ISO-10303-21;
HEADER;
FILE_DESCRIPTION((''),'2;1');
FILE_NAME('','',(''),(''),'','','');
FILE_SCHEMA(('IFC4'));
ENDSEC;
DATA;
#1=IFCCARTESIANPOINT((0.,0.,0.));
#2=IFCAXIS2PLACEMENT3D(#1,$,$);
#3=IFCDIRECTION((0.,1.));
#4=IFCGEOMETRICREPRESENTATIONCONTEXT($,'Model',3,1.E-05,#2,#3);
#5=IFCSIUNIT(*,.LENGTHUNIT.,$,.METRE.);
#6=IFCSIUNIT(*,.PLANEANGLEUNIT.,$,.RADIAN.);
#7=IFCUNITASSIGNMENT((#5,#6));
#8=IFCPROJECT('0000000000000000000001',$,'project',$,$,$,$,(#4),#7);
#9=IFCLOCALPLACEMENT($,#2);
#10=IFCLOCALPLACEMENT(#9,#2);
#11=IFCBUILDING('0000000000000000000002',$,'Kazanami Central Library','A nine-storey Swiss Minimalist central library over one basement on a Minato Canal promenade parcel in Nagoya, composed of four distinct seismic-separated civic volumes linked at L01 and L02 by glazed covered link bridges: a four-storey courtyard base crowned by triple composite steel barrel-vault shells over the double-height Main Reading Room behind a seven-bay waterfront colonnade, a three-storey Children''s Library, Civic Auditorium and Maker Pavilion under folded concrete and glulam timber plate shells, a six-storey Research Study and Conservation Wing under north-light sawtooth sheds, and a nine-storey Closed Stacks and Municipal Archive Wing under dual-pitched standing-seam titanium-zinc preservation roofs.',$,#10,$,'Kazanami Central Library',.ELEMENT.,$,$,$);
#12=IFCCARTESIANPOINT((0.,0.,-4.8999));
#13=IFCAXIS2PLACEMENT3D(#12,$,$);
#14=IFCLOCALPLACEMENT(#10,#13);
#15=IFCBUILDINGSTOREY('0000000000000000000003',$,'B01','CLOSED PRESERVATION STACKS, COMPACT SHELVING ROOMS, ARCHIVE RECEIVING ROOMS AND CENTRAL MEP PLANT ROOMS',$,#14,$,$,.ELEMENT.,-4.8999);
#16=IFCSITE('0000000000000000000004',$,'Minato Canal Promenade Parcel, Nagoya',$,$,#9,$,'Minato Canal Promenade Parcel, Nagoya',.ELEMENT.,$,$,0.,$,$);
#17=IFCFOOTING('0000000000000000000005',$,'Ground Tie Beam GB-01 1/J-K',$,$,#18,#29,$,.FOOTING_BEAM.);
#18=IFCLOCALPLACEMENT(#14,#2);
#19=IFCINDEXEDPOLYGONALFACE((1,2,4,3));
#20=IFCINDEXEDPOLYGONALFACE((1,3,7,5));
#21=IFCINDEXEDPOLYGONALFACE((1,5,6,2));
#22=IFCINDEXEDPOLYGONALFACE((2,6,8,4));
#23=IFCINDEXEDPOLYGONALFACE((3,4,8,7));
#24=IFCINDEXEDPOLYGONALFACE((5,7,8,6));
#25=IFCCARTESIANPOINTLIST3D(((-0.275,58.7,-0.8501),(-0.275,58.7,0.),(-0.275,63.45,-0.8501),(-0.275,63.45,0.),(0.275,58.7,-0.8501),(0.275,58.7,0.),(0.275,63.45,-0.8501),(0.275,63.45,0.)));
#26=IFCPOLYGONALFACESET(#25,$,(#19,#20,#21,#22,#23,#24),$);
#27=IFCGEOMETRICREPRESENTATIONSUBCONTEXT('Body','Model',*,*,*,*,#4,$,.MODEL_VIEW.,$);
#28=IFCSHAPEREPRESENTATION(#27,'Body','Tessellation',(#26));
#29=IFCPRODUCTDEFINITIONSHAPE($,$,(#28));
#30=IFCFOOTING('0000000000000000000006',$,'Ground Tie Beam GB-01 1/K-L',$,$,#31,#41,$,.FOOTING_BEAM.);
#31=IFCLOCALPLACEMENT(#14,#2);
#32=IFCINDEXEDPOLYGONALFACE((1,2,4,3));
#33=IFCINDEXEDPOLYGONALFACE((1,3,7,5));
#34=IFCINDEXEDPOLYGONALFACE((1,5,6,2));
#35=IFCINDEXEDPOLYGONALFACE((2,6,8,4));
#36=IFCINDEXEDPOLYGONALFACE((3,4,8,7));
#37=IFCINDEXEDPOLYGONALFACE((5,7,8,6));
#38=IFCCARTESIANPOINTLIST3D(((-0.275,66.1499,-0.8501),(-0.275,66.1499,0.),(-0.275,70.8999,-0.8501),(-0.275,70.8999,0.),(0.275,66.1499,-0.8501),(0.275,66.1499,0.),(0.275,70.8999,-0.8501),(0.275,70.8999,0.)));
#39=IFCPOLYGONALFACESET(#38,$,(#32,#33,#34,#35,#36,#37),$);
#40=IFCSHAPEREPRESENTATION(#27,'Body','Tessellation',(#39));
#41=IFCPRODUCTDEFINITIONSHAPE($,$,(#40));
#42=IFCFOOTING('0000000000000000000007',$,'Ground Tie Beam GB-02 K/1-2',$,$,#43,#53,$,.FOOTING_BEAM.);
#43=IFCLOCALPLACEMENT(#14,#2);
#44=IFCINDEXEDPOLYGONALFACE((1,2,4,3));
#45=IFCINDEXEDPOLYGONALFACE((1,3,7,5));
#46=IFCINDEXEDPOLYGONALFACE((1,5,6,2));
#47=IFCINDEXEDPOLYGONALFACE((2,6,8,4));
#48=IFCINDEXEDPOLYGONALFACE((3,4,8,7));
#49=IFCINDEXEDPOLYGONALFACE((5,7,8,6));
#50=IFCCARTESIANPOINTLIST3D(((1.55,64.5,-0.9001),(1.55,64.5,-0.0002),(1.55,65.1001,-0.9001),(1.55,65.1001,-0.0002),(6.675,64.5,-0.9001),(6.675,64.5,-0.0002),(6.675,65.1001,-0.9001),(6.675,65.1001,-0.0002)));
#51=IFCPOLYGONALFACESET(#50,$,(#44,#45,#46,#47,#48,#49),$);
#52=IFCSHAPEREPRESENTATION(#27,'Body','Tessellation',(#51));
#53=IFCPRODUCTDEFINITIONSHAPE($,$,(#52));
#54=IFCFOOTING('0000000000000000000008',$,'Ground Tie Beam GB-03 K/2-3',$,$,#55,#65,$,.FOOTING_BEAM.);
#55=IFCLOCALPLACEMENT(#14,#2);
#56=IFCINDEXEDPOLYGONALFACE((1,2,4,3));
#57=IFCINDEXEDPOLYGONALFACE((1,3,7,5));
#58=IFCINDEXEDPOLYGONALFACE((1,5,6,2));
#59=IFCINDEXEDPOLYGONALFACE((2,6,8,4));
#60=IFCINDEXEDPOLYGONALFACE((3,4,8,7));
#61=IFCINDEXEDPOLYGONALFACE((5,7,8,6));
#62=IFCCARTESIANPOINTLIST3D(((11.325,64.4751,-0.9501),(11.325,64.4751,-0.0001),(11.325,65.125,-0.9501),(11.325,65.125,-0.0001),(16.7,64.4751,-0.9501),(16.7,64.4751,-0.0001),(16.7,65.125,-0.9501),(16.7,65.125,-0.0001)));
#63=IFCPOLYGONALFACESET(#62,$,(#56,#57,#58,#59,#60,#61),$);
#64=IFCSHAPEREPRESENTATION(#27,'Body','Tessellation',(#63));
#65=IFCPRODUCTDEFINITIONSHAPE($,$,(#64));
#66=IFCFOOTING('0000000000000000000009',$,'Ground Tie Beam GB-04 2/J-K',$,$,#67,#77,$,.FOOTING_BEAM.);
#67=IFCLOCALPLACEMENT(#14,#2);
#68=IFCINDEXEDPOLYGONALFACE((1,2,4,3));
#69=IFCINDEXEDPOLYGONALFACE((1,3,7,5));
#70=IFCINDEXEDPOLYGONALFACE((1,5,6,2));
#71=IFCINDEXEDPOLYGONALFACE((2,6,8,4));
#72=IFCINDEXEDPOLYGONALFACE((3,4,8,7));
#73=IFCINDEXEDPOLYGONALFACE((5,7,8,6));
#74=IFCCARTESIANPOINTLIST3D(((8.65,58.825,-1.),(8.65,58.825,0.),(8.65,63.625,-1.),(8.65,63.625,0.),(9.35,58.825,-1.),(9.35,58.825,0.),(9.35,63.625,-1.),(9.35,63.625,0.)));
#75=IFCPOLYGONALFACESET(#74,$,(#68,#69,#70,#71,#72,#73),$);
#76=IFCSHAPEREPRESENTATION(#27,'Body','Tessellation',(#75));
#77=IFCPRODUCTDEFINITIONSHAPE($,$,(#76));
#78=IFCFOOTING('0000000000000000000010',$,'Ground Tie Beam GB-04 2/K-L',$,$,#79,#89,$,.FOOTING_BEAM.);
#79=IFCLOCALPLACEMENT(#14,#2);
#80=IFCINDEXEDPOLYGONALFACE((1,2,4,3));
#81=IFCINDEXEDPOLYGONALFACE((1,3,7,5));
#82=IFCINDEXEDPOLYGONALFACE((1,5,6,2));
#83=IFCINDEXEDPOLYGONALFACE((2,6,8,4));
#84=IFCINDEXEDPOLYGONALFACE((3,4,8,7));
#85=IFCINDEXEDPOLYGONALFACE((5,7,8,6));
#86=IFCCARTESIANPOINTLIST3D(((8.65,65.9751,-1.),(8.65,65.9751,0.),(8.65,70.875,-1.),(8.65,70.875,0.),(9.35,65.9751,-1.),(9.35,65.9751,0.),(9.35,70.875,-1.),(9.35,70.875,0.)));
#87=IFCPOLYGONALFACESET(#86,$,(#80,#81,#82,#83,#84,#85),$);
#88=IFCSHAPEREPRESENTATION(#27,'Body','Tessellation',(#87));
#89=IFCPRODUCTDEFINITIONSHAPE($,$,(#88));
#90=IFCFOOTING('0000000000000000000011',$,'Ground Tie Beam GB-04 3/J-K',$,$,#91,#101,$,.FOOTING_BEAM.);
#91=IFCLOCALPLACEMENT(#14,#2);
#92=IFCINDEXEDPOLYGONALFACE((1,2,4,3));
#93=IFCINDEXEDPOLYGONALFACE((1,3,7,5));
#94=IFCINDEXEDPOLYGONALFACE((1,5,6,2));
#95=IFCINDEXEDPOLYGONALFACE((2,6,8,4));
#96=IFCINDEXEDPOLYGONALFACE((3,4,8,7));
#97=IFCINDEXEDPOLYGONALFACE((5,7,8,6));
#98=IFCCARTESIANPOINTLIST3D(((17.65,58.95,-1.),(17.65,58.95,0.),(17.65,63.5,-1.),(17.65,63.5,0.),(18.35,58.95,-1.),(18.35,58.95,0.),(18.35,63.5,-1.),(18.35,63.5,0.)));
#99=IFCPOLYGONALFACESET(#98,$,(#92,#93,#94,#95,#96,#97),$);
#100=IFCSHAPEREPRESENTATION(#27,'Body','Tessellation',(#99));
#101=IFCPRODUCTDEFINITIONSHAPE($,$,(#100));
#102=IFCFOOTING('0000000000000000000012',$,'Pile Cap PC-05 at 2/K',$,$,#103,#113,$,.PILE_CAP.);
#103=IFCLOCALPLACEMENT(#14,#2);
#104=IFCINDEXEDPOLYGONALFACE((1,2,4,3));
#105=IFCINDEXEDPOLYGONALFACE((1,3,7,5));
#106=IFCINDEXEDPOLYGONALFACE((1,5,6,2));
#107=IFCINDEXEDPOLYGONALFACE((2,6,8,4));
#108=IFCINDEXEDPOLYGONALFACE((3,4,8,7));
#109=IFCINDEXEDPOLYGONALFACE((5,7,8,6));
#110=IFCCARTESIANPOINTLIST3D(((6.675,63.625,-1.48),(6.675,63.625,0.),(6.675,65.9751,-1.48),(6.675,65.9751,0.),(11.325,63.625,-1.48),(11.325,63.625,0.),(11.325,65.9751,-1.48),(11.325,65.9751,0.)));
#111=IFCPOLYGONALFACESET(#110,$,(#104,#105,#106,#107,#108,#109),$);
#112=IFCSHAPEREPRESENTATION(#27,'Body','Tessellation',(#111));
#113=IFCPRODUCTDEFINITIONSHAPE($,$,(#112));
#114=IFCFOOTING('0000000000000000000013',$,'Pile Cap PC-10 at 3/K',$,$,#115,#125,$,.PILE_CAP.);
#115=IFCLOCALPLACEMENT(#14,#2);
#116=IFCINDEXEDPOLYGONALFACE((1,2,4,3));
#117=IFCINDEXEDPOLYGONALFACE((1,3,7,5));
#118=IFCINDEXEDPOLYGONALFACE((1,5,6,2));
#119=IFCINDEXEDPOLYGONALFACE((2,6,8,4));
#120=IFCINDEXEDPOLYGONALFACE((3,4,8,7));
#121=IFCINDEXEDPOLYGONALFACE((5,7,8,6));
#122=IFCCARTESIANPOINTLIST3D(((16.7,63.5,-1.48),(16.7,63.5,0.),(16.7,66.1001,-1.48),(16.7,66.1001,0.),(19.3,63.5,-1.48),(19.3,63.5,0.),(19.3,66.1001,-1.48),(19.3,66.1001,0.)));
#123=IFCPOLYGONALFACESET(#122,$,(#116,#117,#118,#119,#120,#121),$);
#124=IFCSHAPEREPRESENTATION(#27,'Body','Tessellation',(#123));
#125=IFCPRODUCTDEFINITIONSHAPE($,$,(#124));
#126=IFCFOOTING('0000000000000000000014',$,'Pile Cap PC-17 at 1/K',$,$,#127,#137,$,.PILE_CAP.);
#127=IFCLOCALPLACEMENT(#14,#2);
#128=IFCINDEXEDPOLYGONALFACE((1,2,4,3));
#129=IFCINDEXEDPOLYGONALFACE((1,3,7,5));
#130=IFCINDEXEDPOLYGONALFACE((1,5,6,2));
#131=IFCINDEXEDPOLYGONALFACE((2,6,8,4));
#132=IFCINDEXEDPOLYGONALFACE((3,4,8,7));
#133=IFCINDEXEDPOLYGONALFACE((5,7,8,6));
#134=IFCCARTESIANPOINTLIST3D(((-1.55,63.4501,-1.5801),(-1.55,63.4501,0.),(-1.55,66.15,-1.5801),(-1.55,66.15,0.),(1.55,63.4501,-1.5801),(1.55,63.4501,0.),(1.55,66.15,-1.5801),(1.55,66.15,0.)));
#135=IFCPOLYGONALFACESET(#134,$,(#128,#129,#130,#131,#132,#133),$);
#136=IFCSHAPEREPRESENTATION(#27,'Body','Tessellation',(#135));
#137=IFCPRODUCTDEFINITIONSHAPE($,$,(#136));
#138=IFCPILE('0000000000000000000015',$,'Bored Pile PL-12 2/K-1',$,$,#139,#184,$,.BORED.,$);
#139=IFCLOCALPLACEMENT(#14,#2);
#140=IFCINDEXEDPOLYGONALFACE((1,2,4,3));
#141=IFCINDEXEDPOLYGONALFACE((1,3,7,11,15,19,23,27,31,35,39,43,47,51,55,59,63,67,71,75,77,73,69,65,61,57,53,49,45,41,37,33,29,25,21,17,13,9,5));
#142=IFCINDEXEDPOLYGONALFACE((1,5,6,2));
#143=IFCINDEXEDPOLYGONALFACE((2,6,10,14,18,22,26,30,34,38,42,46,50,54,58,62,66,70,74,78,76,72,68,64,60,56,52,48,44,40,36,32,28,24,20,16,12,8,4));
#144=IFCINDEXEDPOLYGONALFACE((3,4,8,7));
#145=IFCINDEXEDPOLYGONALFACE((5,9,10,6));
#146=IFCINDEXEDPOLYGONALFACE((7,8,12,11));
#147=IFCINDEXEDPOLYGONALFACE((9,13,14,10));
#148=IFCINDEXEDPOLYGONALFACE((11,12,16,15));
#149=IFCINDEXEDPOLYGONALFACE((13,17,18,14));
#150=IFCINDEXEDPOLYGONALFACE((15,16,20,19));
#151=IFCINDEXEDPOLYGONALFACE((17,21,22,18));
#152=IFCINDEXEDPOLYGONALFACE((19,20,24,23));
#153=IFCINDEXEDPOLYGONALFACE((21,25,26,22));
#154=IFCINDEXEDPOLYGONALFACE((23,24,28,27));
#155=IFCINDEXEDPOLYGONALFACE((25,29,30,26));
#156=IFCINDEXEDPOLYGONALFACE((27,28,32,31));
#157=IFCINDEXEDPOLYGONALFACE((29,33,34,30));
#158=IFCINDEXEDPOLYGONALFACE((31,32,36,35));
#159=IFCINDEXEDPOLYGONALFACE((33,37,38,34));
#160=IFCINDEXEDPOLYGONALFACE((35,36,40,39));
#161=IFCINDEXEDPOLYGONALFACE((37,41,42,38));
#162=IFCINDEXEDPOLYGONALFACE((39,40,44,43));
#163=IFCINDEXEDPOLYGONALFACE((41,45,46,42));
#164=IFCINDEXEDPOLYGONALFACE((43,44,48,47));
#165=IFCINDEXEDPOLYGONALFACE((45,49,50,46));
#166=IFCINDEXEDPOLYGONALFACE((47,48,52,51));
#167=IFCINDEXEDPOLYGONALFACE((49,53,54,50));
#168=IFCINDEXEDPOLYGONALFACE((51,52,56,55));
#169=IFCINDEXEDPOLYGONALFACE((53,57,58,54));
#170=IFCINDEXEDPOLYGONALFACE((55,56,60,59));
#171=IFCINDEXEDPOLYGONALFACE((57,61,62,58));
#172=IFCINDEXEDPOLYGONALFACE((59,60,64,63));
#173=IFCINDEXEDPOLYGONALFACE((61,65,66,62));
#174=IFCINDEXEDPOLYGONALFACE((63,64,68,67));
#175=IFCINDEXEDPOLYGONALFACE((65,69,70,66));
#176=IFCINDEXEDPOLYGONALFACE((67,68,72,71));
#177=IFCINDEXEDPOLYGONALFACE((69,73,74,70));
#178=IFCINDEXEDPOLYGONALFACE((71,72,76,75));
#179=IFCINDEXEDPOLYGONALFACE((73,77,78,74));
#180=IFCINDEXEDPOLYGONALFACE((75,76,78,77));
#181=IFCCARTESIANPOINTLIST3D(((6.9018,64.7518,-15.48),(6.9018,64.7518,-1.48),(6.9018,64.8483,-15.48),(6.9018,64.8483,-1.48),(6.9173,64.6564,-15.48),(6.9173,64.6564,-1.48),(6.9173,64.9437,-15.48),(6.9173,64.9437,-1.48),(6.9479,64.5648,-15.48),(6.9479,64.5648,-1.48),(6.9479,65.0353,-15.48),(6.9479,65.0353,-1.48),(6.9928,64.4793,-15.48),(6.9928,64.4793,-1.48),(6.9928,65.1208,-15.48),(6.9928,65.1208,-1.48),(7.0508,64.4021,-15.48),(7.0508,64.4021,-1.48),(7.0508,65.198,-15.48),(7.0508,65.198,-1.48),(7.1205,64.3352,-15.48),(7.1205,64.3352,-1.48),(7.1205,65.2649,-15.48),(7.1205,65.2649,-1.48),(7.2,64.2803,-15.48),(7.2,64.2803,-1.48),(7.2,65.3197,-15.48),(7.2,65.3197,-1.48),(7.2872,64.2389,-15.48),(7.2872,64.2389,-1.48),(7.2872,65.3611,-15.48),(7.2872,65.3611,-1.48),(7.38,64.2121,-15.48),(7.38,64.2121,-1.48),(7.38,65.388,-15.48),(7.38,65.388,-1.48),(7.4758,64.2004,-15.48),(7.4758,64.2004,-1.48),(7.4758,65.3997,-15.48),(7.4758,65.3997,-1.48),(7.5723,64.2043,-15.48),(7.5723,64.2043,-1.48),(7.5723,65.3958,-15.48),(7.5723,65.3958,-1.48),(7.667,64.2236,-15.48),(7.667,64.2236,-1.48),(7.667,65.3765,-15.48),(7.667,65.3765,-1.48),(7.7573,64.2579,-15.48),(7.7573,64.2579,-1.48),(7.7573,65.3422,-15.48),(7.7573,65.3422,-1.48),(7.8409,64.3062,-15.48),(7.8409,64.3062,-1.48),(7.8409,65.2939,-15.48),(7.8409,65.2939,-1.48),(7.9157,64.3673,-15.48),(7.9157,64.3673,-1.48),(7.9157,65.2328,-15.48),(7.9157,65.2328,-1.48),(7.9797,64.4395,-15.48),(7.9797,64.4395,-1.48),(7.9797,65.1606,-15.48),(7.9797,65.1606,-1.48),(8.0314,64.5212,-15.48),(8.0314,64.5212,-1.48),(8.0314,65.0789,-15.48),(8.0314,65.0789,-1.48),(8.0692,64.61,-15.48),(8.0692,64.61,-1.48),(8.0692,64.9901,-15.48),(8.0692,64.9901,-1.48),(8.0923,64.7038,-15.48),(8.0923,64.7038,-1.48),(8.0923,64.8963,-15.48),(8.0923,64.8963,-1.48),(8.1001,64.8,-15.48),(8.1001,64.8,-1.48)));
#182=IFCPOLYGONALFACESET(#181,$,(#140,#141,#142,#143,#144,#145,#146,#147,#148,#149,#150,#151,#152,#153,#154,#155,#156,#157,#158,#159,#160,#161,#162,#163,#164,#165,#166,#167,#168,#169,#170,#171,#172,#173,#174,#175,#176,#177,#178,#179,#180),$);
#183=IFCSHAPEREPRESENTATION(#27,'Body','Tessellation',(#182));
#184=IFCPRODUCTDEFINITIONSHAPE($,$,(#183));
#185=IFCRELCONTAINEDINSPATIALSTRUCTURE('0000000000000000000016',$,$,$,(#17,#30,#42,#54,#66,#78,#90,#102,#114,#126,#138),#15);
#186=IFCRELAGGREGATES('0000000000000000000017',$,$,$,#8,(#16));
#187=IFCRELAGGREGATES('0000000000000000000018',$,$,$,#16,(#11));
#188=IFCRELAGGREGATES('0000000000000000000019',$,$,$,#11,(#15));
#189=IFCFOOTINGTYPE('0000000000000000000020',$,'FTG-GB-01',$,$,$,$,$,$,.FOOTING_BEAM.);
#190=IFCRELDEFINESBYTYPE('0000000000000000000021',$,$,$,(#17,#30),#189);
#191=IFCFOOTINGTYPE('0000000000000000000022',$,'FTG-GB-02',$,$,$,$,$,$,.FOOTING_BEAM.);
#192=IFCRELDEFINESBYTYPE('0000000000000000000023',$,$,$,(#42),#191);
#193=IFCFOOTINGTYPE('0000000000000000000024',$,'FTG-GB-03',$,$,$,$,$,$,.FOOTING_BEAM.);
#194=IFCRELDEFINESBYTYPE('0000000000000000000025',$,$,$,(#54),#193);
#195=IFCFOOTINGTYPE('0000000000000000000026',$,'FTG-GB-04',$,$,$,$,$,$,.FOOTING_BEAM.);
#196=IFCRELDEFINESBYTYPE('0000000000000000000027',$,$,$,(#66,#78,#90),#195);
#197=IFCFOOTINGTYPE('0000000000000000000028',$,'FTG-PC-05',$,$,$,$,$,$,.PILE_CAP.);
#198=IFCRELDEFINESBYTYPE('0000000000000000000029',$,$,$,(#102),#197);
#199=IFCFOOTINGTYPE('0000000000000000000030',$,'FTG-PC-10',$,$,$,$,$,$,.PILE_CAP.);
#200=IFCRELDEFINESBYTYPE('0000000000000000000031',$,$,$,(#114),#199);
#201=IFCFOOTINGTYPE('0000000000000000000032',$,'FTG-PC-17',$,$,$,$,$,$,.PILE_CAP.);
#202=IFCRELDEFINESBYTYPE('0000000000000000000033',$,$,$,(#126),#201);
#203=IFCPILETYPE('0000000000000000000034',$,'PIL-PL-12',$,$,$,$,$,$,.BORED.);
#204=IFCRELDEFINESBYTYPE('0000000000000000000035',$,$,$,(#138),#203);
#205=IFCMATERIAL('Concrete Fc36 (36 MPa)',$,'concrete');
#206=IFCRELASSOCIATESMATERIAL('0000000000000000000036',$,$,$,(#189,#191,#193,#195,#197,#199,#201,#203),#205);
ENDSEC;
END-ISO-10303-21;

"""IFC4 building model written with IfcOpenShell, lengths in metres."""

from ifc_helpers import new_model, si_unit, direction, frame, origin, origin_2d, place, context, subcontext, project, spatial, rectangle, circle, extrude, material, material_profile, profile_set, type_object, element, save


model = new_model("IFC4")

# Units and contexts
model_context = context("Model", 3, precision=1e-05, world=origin(), true_north=direction((0.0, 1.0)))
body_context = subcontext(model_context, "Body", "Model", "MODEL_VIEW")
ifc_project = project(units=[si_unit("LENGTHUNIT", "METRE"), si_unit("PLANEANGLEUNIT", "RADIAN")], contexts=[model_context])

# Site, building, storey
site_placement = place(None, origin())
site = spatial("IfcSite", under=ifc_project, at=site_placement, Name="Minato Canal Promenade Parcel, Nagoya", LongName="Minato Canal Promenade Parcel, Nagoya", CompositionType="ELEMENT", RefElevation=0.0)
building_placement = place(site_placement, origin())
building = spatial("IfcBuilding", under=site, at=building_placement, Name="Kazanami Central Library", Description="A nine-storey Swiss Minimalist central library over one basement on a Minato Canal promenade parcel in Nagoya, composed of four distinct seismic-separated civic volumes linked at L01 and L02 by glazed covered link bridges: a four-storey courtyard base crowned by triple composite steel barrel-vault shells over the double-height Main Reading Room behind a seven-bay waterfront colonnade, a three-storey Children's Library, Civic Auditorium and Maker Pavilion under folded concrete and glulam timber plate shells, a six-storey Research Study and Conservation Wing under north-light sawtooth sheds, and a nine-storey Closed Stacks and Municipal Archive Wing under dual-pitched standing-seam titanium-zinc preservation roofs.", LongName="Kazanami Central Library", CompositionType="ELEMENT")
storey_placement = place(building_placement, frame((0.0, 0.0, -4.8999)))
storey = spatial("IfcBuildingStorey", under=building, at=storey_placement, Name="B01", Description="CLOSED PRESERVATION STACKS, COMPACT SHELVING ROOMS, ARCHIVE RECEIVING ROOMS AND CENTRAL MEP PLANT ROOMS", CompositionType="ELEMENT", Elevation=-4.8999)

# Footings
ifc_material_1 = material(Name="Concrete Fc36 (36 MPa)", Category="concrete")
ifc_material_profile_1 = material_profile(ifc_material_1, rectangle(XDim=0.55, YDim=0.8501, at=origin_2d()), Name="RC-550x850")
ifc_profile_set_1 = profile_set([ifc_material_profile_1], Name="Concrete Fc36 (36 MPa)")
footing_type_1 = type_object("IfcFootingType", Name="FTG-GB-01", PredefinedType="FOOTING_BEAM", material=ifc_profile_set_1)
for number, where, z_axis, x_axis, name in (
    (1, (0.0, 58.7, -0.425), (0.0, 1.0, 0.0), (-1.0, 0.0, 0.0), "Ground Tie Beam GB-01 1/J-K"),
    (2, (0.0, 66.1499, -0.425), (0.0, 1.0, 0.0), (-1.0, 0.0, 0.0), "Ground Tie Beam GB-01 1/K-L"),
):
    element("IfcFooting", number, at=place(storey_placement, frame(where, z_axis=z_axis, x_axis=x_axis)), inside=storey, type_object=footing_type_1, Name=name, PredefinedType="FOOTING_BEAM", context=body_context, shape_type="SweptSolid", body=[
        extrude(rectangle(XDim=0.55, YDim=0.8501, at=origin_2d()), origin(), (0.0, 0.0, 1.0), 4.75),
    ])
ifc_material_profile_2 = material_profile(ifc_material_1, rectangle(XDim=0.6001, YDim=0.8999, at=origin_2d()), Name="RC-600x900")
ifc_profile_set_2 = profile_set([ifc_material_profile_2], Name="Concrete Fc36 (36 MPa)")
footing_type_2 = type_object("IfcFootingType", Name="FTG-GB-02", PredefinedType="FOOTING_BEAM", material=ifc_profile_set_2)
footing_1_placement = place(storey_placement, frame((1.55, 64.8, -0.4502), z_axis=(1.0, 0.0, 0.0), x_axis=(0.0, 1.0, 0.0)))
element("IfcFooting", 3, at=footing_1_placement, inside=storey, type_object=footing_type_2, Name="Ground Tie Beam GB-02 K/1-2", PredefinedType="FOOTING_BEAM", context=body_context, shape_type="SweptSolid", body=[
    extrude(rectangle(XDim=0.6001, YDim=0.8999, at=origin_2d()), origin(), (0.0, 0.0, 1.0), 5.125),
])
ifc_material_profile_3 = material_profile(ifc_material_1, rectangle(XDim=0.6499, YDim=0.95, at=origin_2d()), Name="RC-650x950")
ifc_profile_set_3 = profile_set([ifc_material_profile_3], Name="Concrete Fc36 (36 MPa)")
footing_type_3 = type_object("IfcFootingType", Name="FTG-GB-03", PredefinedType="FOOTING_BEAM", material=ifc_profile_set_3)
footing_2_placement = place(storey_placement, frame((11.325, 64.8, -0.4751), z_axis=(1.0, 0.0, 0.0), x_axis=(0.0, 1.0, 0.0)))
element("IfcFooting", 4, at=footing_2_placement, inside=storey, type_object=footing_type_3, Name="Ground Tie Beam GB-03 K/2-3", PredefinedType="FOOTING_BEAM", context=body_context, shape_type="SweptSolid", body=[
    extrude(rectangle(XDim=0.6499, YDim=0.95, at=origin_2d()), origin(), (0.0, 0.0, 1.0), 5.375),
])
ifc_material_profile_4 = material_profile(ifc_material_1, rectangle(XDim=0.7, YDim=1.0, at=origin_2d()), Name="RC-700x1000")
ifc_profile_set_4 = profile_set([ifc_material_profile_4], Name="Concrete Fc36 (36 MPa)")
footing_type_4 = type_object("IfcFootingType", Name="FTG-GB-04", PredefinedType="FOOTING_BEAM", material=ifc_profile_set_4)
footing_3_placement = place(storey_placement, frame((9.0, 58.825, -0.5), z_axis=(0.0, 1.0, 0.0), x_axis=(-1.0, 0.0, 0.0)))
element("IfcFooting", 5, at=footing_3_placement, inside=storey, type_object=footing_type_4, Name="Ground Tie Beam GB-04 2/J-K", PredefinedType="FOOTING_BEAM", context=body_context, shape_type="SweptSolid", body=[
    extrude(rectangle(XDim=0.7, YDim=1.0, at=origin_2d()), origin(), (0.0, 0.0, 1.0), 4.8),
])
footing_4_placement = place(storey_placement, frame((9.0, 65.9751, -0.5), z_axis=(0.0, 1.0, 0.0), x_axis=(-1.0, 0.0, 0.0)))
element("IfcFooting", 6, at=footing_4_placement, inside=storey, type_object=footing_type_4, Name="Ground Tie Beam GB-04 2/K-L", PredefinedType="FOOTING_BEAM", context=body_context, shape_type="SweptSolid", body=[
    extrude(rectangle(XDim=0.7, YDim=1.0, at=origin_2d()), origin(), (0.0, 0.0, 1.0), 4.8999),
])
footing_5_placement = place(storey_placement, frame((18.0, 58.95, -0.5), z_axis=(0.0, 1.0, 0.0), x_axis=(-1.0, 0.0, 0.0)))
element("IfcFooting", 7, at=footing_5_placement, inside=storey, type_object=footing_type_4, Name="Ground Tie Beam GB-04 3/J-K", PredefinedType="FOOTING_BEAM", context=body_context, shape_type="SweptSolid", body=[
    extrude(rectangle(XDim=0.7, YDim=1.0, at=origin_2d()), origin(), (0.0, 0.0, 1.0), 4.55),
])
footing_type_5 = type_object("IfcFootingType", Name="FTG-PC-05", PredefinedType="PILE_CAP", material=ifc_material_1)
footing_6_placement = place(storey_placement, frame((9.0, 64.8, -1.48), z_axis=(0.0, 0.0, 1.0), x_axis=(1.0, 0.0, 0.0)))
element("IfcFooting", 8, at=footing_6_placement, inside=storey, type_object=footing_type_5, Name="Pile Cap PC-05 at 2/K", PredefinedType="PILE_CAP", context=body_context, shape_type="SweptSolid", body=[
    extrude(rectangle(XDim=4.6499, YDim=2.3501, at=origin_2d()), origin(), (0.0, 0.0, 1.0), 1.48),
])
footing_type_6 = type_object("IfcFootingType", Name="FTG-PC-10", PredefinedType="PILE_CAP", material=ifc_material_1)
footing_7_placement = place(storey_placement, frame((18.0, 64.8, -1.48), z_axis=(0.0, 0.0, 1.0), x_axis=(1.0, 0.0, 0.0)))
element("IfcFooting", 9, at=footing_7_placement, inside=storey, type_object=footing_type_6, Name="Pile Cap PC-10 at 3/K", PredefinedType="PILE_CAP", context=body_context, shape_type="SweptSolid", body=[
    extrude(rectangle(XDim=2.6001, YDim=2.6001, at=origin_2d()), origin(), (0.0, 0.0, 1.0), 1.48),
])
footing_type_7 = type_object("IfcFootingType", Name="FTG-PC-17", PredefinedType="PILE_CAP", material=ifc_material_1)
footing_8_placement = place(storey_placement, frame((0.0, 64.8, -1.5801), z_axis=(0.0, 0.0, 1.0), x_axis=(1.0, 0.0, 0.0)))
element("IfcFooting", 10, at=footing_8_placement, inside=storey, type_object=footing_type_7, Name="Pile Cap PC-17 at 1/K", PredefinedType="PILE_CAP", context=body_context, shape_type="SweptSolid", body=[
    extrude(rectangle(XDim=3.1001, YDim=2.7, at=origin_2d()), origin(), (0.0, 0.0, 1.0), 1.5801),
])

# Pile
ifc_material_profile_5 = material_profile(ifc_material_1, circle(Radius=0.6001, at=origin_2d()), Name="BORED-D1200")
ifc_profile_set_5 = profile_set([ifc_material_profile_5], Name="Concrete Fc36 (36 MPa)")
pile_type_1 = type_object("IfcPileType", Name="PIL-PL-12", PredefinedType="BORED", material=ifc_profile_set_5)
for number, where, z_axis, x_axis, name in (
    (11, (7.5, 64.8, -1.48), (0.0, 0.0, -1.0), (1.0, 0.0, 0.0), "Bored Pile PL-12 2/K-1"),
):
    element("IfcPile", number, at=place(storey_placement, frame(where, z_axis=z_axis, x_axis=x_axis)), inside=storey, type_object=pile_type_1, Name=name, PredefinedType="BORED", context=body_context, shape_type="SweptSolid", body=[
        extrude(circle(Radius=0.6001, at=origin_2d()), origin(), (0.0, 0.0, 1.0), 14.0),
    ])

save(model, "model.ifc")
